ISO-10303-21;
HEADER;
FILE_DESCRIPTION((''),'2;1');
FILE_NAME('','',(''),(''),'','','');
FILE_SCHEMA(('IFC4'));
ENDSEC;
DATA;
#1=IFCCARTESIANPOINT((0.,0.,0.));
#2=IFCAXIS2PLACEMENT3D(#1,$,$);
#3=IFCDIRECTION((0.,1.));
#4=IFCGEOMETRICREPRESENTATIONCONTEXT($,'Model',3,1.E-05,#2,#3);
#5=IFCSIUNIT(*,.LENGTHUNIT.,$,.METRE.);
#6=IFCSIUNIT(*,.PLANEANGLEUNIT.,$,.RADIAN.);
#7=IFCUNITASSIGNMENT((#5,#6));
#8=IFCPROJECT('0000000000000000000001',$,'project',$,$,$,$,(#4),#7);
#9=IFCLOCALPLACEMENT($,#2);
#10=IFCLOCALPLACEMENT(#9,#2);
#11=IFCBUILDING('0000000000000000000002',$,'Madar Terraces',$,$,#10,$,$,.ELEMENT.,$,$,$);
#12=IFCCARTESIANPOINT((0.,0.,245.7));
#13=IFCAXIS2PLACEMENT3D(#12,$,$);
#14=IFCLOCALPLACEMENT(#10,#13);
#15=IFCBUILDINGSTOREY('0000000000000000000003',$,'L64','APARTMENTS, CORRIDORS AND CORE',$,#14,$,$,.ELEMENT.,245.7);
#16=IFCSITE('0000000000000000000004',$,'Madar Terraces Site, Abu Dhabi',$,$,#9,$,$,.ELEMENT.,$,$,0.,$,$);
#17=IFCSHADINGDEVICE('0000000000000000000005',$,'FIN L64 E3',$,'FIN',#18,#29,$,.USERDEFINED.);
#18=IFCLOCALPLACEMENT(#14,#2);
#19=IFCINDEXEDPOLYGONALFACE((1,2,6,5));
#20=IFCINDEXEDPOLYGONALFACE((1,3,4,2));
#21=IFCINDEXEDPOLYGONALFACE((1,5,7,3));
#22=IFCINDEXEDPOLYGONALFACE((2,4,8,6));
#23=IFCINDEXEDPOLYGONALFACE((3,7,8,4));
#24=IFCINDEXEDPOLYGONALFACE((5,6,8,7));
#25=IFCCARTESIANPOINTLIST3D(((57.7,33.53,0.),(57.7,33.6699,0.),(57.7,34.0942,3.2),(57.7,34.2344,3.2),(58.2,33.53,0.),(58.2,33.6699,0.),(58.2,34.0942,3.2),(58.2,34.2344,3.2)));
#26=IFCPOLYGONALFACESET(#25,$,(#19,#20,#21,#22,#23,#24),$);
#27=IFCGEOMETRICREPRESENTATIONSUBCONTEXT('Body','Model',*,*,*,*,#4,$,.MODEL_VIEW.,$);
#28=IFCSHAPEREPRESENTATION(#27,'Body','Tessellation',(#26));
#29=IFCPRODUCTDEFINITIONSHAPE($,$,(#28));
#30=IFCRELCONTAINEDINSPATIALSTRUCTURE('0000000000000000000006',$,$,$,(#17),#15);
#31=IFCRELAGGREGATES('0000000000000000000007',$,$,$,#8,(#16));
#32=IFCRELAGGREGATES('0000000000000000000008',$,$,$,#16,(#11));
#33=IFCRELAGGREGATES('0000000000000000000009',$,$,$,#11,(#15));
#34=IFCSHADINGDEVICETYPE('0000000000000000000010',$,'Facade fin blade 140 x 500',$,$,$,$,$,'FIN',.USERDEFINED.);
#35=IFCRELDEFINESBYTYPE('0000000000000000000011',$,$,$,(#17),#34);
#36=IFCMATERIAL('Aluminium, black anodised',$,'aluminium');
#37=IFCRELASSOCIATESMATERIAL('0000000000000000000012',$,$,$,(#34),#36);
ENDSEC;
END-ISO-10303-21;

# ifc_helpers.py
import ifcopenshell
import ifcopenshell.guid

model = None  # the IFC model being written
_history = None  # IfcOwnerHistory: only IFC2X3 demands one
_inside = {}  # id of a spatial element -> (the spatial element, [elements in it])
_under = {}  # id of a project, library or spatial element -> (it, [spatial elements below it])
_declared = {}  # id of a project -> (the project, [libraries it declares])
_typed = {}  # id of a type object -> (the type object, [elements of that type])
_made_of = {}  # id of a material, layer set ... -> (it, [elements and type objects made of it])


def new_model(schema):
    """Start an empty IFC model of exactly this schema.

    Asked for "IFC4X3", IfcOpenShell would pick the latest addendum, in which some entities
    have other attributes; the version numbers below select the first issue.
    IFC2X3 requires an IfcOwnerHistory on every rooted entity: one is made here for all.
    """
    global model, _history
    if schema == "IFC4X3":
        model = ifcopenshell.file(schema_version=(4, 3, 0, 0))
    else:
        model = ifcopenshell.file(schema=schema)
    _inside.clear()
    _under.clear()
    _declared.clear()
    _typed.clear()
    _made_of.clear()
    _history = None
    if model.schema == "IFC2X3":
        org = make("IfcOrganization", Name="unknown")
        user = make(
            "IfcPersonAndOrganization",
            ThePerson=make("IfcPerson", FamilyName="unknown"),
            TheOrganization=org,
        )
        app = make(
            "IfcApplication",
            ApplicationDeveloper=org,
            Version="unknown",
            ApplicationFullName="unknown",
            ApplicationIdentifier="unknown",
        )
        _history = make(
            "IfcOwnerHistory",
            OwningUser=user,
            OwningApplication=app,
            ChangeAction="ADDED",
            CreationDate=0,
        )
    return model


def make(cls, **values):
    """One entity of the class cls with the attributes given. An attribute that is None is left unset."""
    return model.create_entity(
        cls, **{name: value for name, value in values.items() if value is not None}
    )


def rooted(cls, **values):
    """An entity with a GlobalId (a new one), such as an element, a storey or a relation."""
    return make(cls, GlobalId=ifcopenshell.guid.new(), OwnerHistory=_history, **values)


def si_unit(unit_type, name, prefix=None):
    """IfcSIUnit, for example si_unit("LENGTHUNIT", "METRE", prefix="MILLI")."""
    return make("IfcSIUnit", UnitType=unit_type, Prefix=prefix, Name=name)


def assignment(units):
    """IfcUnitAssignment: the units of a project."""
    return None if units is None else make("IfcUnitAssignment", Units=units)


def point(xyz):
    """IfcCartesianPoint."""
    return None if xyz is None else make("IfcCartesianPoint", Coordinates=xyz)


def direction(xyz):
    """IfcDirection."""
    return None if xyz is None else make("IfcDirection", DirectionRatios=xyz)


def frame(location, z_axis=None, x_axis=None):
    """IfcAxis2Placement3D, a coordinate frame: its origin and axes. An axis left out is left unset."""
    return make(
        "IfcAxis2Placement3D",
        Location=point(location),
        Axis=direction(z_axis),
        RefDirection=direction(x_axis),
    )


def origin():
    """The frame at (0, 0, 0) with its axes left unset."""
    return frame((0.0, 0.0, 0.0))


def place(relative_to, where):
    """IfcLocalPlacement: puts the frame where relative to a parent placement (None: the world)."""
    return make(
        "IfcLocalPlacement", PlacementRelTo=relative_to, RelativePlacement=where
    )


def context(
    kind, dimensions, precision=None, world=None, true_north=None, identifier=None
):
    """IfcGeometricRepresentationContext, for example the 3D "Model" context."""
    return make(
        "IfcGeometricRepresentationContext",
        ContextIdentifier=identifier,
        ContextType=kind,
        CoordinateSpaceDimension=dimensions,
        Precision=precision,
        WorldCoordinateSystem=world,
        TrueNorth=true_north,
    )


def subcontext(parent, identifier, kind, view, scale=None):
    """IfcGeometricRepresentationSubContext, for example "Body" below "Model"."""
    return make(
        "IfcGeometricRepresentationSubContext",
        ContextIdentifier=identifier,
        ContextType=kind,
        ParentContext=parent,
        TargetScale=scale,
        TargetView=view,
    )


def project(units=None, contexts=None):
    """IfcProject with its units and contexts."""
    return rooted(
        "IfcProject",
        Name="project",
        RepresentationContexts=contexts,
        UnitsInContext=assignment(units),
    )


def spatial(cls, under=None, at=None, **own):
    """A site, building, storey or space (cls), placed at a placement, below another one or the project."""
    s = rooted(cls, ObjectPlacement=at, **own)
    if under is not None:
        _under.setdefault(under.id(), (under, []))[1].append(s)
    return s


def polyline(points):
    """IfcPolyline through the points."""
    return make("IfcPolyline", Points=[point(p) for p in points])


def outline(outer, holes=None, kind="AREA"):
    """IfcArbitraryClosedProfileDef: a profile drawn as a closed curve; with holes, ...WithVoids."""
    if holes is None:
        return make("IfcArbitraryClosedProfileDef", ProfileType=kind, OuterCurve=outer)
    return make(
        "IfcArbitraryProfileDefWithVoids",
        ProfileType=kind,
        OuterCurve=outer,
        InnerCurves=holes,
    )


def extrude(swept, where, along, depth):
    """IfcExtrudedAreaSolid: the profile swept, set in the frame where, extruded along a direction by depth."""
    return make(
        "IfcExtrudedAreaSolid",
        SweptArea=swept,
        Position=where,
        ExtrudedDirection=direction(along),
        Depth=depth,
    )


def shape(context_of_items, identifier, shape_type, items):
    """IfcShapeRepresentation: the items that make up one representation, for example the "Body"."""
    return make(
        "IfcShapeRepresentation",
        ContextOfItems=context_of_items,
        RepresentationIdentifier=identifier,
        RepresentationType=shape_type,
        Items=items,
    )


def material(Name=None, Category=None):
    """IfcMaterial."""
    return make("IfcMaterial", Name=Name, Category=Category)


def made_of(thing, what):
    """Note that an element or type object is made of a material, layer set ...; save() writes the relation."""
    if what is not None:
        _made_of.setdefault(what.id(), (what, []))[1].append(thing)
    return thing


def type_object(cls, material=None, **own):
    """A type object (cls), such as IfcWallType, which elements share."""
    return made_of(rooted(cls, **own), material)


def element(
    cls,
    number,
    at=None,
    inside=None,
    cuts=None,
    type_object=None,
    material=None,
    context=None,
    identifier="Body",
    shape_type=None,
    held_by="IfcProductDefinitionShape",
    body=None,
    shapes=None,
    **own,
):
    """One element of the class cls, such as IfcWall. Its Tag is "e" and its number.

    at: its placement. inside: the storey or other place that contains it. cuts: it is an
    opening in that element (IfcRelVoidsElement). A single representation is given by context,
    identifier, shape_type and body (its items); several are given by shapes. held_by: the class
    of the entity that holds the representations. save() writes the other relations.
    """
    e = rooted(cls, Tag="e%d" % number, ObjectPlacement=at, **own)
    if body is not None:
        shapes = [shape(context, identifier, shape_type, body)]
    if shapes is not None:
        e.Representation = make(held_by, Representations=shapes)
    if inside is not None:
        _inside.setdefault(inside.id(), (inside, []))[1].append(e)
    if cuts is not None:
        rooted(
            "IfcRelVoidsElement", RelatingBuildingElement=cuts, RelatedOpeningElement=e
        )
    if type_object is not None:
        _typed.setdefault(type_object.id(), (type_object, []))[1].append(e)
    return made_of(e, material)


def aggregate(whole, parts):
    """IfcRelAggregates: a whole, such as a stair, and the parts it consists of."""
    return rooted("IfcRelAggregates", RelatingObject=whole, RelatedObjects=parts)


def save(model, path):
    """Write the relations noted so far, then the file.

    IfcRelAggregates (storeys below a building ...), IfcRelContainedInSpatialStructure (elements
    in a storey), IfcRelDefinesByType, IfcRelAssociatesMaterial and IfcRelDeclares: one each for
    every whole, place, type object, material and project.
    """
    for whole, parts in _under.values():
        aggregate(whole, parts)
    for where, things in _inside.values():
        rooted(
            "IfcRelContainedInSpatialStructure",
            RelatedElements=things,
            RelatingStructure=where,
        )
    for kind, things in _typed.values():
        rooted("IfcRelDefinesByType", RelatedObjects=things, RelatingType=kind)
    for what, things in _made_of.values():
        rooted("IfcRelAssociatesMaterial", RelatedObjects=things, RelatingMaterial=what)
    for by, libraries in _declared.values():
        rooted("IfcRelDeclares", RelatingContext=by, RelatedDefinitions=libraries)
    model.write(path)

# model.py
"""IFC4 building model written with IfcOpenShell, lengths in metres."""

from ifc_helpers import new_model, si_unit, direction, frame, origin, place, context, subcontext, project, spatial, polyline, outline, extrude, material, type_object, element, save


model = new_model("IFC4")

# Units and contexts
model_context = context("Model", 3, precision=1e-05, world=origin(), true_north=direction((0.0, 1.0)))
body_context = subcontext(model_context, "Body", "Model", "MODEL_VIEW")
ifc_project = project(units=[si_unit("LENGTHUNIT", "METRE"), si_unit("PLANEANGLEUNIT", "RADIAN")], contexts=[model_context])

# Site, building, storey
site_placement = place(None, origin())
site = spatial("IfcSite", under=ifc_project, at=site_placement, Name="Madar Terraces Site, Abu Dhabi", CompositionType="ELEMENT", RefElevation=0.0)
building_placement = place(site_placement, origin())
building = spatial("IfcBuilding", under=site, at=building_placement, Name="Madar Terraces", CompositionType="ELEMENT")
storey_placement = place(building_placement, frame((0.0, 0.0, 245.7)))
storey = spatial("IfcBuildingStorey", under=building, at=storey_placement, Name="L64", Description="APARTMENTS, CORRIDORS AND CORE", CompositionType="ELEMENT", Elevation=245.7)

# Shading device
ifc_material_1 = material(Name="Aluminium, black anodised", Category="aluminium")
shading_device_type = type_object("IfcShadingDeviceType", Name="Facade fin blade 140 x 500", ElementType="FIN", PredefinedType="USERDEFINED", material=ifc_material_1)
shading_device_placement = place(storey_placement, frame((57.95, 33.53, 0.0), z_axis=(0.0, 0.0, 1.0), x_axis=(0.0, 1.0, 0.0)))
element("IfcShadingDevice", 1, at=shading_device_placement, inside=storey, type_object=shading_device_type, Name="FIN L64 E3", ObjectType="FIN", PredefinedType="USERDEFINED", context=body_context, shape_type="SweptSolid", body=[
    extrude(outline(polyline([(0.0, 0.0), (0.1399, 0.0), (0.7043, 3.2), (0.5642, 3.2), (0.0, 0.0)])), frame((0.0, 0.25, 0.0), z_axis=(0.0, -1.0, 0.0), x_axis=(1.0, 0.0, 0.0)), (0.0, 0.0, 1.0), 0.5),
])

save(model, "model.ifc")
